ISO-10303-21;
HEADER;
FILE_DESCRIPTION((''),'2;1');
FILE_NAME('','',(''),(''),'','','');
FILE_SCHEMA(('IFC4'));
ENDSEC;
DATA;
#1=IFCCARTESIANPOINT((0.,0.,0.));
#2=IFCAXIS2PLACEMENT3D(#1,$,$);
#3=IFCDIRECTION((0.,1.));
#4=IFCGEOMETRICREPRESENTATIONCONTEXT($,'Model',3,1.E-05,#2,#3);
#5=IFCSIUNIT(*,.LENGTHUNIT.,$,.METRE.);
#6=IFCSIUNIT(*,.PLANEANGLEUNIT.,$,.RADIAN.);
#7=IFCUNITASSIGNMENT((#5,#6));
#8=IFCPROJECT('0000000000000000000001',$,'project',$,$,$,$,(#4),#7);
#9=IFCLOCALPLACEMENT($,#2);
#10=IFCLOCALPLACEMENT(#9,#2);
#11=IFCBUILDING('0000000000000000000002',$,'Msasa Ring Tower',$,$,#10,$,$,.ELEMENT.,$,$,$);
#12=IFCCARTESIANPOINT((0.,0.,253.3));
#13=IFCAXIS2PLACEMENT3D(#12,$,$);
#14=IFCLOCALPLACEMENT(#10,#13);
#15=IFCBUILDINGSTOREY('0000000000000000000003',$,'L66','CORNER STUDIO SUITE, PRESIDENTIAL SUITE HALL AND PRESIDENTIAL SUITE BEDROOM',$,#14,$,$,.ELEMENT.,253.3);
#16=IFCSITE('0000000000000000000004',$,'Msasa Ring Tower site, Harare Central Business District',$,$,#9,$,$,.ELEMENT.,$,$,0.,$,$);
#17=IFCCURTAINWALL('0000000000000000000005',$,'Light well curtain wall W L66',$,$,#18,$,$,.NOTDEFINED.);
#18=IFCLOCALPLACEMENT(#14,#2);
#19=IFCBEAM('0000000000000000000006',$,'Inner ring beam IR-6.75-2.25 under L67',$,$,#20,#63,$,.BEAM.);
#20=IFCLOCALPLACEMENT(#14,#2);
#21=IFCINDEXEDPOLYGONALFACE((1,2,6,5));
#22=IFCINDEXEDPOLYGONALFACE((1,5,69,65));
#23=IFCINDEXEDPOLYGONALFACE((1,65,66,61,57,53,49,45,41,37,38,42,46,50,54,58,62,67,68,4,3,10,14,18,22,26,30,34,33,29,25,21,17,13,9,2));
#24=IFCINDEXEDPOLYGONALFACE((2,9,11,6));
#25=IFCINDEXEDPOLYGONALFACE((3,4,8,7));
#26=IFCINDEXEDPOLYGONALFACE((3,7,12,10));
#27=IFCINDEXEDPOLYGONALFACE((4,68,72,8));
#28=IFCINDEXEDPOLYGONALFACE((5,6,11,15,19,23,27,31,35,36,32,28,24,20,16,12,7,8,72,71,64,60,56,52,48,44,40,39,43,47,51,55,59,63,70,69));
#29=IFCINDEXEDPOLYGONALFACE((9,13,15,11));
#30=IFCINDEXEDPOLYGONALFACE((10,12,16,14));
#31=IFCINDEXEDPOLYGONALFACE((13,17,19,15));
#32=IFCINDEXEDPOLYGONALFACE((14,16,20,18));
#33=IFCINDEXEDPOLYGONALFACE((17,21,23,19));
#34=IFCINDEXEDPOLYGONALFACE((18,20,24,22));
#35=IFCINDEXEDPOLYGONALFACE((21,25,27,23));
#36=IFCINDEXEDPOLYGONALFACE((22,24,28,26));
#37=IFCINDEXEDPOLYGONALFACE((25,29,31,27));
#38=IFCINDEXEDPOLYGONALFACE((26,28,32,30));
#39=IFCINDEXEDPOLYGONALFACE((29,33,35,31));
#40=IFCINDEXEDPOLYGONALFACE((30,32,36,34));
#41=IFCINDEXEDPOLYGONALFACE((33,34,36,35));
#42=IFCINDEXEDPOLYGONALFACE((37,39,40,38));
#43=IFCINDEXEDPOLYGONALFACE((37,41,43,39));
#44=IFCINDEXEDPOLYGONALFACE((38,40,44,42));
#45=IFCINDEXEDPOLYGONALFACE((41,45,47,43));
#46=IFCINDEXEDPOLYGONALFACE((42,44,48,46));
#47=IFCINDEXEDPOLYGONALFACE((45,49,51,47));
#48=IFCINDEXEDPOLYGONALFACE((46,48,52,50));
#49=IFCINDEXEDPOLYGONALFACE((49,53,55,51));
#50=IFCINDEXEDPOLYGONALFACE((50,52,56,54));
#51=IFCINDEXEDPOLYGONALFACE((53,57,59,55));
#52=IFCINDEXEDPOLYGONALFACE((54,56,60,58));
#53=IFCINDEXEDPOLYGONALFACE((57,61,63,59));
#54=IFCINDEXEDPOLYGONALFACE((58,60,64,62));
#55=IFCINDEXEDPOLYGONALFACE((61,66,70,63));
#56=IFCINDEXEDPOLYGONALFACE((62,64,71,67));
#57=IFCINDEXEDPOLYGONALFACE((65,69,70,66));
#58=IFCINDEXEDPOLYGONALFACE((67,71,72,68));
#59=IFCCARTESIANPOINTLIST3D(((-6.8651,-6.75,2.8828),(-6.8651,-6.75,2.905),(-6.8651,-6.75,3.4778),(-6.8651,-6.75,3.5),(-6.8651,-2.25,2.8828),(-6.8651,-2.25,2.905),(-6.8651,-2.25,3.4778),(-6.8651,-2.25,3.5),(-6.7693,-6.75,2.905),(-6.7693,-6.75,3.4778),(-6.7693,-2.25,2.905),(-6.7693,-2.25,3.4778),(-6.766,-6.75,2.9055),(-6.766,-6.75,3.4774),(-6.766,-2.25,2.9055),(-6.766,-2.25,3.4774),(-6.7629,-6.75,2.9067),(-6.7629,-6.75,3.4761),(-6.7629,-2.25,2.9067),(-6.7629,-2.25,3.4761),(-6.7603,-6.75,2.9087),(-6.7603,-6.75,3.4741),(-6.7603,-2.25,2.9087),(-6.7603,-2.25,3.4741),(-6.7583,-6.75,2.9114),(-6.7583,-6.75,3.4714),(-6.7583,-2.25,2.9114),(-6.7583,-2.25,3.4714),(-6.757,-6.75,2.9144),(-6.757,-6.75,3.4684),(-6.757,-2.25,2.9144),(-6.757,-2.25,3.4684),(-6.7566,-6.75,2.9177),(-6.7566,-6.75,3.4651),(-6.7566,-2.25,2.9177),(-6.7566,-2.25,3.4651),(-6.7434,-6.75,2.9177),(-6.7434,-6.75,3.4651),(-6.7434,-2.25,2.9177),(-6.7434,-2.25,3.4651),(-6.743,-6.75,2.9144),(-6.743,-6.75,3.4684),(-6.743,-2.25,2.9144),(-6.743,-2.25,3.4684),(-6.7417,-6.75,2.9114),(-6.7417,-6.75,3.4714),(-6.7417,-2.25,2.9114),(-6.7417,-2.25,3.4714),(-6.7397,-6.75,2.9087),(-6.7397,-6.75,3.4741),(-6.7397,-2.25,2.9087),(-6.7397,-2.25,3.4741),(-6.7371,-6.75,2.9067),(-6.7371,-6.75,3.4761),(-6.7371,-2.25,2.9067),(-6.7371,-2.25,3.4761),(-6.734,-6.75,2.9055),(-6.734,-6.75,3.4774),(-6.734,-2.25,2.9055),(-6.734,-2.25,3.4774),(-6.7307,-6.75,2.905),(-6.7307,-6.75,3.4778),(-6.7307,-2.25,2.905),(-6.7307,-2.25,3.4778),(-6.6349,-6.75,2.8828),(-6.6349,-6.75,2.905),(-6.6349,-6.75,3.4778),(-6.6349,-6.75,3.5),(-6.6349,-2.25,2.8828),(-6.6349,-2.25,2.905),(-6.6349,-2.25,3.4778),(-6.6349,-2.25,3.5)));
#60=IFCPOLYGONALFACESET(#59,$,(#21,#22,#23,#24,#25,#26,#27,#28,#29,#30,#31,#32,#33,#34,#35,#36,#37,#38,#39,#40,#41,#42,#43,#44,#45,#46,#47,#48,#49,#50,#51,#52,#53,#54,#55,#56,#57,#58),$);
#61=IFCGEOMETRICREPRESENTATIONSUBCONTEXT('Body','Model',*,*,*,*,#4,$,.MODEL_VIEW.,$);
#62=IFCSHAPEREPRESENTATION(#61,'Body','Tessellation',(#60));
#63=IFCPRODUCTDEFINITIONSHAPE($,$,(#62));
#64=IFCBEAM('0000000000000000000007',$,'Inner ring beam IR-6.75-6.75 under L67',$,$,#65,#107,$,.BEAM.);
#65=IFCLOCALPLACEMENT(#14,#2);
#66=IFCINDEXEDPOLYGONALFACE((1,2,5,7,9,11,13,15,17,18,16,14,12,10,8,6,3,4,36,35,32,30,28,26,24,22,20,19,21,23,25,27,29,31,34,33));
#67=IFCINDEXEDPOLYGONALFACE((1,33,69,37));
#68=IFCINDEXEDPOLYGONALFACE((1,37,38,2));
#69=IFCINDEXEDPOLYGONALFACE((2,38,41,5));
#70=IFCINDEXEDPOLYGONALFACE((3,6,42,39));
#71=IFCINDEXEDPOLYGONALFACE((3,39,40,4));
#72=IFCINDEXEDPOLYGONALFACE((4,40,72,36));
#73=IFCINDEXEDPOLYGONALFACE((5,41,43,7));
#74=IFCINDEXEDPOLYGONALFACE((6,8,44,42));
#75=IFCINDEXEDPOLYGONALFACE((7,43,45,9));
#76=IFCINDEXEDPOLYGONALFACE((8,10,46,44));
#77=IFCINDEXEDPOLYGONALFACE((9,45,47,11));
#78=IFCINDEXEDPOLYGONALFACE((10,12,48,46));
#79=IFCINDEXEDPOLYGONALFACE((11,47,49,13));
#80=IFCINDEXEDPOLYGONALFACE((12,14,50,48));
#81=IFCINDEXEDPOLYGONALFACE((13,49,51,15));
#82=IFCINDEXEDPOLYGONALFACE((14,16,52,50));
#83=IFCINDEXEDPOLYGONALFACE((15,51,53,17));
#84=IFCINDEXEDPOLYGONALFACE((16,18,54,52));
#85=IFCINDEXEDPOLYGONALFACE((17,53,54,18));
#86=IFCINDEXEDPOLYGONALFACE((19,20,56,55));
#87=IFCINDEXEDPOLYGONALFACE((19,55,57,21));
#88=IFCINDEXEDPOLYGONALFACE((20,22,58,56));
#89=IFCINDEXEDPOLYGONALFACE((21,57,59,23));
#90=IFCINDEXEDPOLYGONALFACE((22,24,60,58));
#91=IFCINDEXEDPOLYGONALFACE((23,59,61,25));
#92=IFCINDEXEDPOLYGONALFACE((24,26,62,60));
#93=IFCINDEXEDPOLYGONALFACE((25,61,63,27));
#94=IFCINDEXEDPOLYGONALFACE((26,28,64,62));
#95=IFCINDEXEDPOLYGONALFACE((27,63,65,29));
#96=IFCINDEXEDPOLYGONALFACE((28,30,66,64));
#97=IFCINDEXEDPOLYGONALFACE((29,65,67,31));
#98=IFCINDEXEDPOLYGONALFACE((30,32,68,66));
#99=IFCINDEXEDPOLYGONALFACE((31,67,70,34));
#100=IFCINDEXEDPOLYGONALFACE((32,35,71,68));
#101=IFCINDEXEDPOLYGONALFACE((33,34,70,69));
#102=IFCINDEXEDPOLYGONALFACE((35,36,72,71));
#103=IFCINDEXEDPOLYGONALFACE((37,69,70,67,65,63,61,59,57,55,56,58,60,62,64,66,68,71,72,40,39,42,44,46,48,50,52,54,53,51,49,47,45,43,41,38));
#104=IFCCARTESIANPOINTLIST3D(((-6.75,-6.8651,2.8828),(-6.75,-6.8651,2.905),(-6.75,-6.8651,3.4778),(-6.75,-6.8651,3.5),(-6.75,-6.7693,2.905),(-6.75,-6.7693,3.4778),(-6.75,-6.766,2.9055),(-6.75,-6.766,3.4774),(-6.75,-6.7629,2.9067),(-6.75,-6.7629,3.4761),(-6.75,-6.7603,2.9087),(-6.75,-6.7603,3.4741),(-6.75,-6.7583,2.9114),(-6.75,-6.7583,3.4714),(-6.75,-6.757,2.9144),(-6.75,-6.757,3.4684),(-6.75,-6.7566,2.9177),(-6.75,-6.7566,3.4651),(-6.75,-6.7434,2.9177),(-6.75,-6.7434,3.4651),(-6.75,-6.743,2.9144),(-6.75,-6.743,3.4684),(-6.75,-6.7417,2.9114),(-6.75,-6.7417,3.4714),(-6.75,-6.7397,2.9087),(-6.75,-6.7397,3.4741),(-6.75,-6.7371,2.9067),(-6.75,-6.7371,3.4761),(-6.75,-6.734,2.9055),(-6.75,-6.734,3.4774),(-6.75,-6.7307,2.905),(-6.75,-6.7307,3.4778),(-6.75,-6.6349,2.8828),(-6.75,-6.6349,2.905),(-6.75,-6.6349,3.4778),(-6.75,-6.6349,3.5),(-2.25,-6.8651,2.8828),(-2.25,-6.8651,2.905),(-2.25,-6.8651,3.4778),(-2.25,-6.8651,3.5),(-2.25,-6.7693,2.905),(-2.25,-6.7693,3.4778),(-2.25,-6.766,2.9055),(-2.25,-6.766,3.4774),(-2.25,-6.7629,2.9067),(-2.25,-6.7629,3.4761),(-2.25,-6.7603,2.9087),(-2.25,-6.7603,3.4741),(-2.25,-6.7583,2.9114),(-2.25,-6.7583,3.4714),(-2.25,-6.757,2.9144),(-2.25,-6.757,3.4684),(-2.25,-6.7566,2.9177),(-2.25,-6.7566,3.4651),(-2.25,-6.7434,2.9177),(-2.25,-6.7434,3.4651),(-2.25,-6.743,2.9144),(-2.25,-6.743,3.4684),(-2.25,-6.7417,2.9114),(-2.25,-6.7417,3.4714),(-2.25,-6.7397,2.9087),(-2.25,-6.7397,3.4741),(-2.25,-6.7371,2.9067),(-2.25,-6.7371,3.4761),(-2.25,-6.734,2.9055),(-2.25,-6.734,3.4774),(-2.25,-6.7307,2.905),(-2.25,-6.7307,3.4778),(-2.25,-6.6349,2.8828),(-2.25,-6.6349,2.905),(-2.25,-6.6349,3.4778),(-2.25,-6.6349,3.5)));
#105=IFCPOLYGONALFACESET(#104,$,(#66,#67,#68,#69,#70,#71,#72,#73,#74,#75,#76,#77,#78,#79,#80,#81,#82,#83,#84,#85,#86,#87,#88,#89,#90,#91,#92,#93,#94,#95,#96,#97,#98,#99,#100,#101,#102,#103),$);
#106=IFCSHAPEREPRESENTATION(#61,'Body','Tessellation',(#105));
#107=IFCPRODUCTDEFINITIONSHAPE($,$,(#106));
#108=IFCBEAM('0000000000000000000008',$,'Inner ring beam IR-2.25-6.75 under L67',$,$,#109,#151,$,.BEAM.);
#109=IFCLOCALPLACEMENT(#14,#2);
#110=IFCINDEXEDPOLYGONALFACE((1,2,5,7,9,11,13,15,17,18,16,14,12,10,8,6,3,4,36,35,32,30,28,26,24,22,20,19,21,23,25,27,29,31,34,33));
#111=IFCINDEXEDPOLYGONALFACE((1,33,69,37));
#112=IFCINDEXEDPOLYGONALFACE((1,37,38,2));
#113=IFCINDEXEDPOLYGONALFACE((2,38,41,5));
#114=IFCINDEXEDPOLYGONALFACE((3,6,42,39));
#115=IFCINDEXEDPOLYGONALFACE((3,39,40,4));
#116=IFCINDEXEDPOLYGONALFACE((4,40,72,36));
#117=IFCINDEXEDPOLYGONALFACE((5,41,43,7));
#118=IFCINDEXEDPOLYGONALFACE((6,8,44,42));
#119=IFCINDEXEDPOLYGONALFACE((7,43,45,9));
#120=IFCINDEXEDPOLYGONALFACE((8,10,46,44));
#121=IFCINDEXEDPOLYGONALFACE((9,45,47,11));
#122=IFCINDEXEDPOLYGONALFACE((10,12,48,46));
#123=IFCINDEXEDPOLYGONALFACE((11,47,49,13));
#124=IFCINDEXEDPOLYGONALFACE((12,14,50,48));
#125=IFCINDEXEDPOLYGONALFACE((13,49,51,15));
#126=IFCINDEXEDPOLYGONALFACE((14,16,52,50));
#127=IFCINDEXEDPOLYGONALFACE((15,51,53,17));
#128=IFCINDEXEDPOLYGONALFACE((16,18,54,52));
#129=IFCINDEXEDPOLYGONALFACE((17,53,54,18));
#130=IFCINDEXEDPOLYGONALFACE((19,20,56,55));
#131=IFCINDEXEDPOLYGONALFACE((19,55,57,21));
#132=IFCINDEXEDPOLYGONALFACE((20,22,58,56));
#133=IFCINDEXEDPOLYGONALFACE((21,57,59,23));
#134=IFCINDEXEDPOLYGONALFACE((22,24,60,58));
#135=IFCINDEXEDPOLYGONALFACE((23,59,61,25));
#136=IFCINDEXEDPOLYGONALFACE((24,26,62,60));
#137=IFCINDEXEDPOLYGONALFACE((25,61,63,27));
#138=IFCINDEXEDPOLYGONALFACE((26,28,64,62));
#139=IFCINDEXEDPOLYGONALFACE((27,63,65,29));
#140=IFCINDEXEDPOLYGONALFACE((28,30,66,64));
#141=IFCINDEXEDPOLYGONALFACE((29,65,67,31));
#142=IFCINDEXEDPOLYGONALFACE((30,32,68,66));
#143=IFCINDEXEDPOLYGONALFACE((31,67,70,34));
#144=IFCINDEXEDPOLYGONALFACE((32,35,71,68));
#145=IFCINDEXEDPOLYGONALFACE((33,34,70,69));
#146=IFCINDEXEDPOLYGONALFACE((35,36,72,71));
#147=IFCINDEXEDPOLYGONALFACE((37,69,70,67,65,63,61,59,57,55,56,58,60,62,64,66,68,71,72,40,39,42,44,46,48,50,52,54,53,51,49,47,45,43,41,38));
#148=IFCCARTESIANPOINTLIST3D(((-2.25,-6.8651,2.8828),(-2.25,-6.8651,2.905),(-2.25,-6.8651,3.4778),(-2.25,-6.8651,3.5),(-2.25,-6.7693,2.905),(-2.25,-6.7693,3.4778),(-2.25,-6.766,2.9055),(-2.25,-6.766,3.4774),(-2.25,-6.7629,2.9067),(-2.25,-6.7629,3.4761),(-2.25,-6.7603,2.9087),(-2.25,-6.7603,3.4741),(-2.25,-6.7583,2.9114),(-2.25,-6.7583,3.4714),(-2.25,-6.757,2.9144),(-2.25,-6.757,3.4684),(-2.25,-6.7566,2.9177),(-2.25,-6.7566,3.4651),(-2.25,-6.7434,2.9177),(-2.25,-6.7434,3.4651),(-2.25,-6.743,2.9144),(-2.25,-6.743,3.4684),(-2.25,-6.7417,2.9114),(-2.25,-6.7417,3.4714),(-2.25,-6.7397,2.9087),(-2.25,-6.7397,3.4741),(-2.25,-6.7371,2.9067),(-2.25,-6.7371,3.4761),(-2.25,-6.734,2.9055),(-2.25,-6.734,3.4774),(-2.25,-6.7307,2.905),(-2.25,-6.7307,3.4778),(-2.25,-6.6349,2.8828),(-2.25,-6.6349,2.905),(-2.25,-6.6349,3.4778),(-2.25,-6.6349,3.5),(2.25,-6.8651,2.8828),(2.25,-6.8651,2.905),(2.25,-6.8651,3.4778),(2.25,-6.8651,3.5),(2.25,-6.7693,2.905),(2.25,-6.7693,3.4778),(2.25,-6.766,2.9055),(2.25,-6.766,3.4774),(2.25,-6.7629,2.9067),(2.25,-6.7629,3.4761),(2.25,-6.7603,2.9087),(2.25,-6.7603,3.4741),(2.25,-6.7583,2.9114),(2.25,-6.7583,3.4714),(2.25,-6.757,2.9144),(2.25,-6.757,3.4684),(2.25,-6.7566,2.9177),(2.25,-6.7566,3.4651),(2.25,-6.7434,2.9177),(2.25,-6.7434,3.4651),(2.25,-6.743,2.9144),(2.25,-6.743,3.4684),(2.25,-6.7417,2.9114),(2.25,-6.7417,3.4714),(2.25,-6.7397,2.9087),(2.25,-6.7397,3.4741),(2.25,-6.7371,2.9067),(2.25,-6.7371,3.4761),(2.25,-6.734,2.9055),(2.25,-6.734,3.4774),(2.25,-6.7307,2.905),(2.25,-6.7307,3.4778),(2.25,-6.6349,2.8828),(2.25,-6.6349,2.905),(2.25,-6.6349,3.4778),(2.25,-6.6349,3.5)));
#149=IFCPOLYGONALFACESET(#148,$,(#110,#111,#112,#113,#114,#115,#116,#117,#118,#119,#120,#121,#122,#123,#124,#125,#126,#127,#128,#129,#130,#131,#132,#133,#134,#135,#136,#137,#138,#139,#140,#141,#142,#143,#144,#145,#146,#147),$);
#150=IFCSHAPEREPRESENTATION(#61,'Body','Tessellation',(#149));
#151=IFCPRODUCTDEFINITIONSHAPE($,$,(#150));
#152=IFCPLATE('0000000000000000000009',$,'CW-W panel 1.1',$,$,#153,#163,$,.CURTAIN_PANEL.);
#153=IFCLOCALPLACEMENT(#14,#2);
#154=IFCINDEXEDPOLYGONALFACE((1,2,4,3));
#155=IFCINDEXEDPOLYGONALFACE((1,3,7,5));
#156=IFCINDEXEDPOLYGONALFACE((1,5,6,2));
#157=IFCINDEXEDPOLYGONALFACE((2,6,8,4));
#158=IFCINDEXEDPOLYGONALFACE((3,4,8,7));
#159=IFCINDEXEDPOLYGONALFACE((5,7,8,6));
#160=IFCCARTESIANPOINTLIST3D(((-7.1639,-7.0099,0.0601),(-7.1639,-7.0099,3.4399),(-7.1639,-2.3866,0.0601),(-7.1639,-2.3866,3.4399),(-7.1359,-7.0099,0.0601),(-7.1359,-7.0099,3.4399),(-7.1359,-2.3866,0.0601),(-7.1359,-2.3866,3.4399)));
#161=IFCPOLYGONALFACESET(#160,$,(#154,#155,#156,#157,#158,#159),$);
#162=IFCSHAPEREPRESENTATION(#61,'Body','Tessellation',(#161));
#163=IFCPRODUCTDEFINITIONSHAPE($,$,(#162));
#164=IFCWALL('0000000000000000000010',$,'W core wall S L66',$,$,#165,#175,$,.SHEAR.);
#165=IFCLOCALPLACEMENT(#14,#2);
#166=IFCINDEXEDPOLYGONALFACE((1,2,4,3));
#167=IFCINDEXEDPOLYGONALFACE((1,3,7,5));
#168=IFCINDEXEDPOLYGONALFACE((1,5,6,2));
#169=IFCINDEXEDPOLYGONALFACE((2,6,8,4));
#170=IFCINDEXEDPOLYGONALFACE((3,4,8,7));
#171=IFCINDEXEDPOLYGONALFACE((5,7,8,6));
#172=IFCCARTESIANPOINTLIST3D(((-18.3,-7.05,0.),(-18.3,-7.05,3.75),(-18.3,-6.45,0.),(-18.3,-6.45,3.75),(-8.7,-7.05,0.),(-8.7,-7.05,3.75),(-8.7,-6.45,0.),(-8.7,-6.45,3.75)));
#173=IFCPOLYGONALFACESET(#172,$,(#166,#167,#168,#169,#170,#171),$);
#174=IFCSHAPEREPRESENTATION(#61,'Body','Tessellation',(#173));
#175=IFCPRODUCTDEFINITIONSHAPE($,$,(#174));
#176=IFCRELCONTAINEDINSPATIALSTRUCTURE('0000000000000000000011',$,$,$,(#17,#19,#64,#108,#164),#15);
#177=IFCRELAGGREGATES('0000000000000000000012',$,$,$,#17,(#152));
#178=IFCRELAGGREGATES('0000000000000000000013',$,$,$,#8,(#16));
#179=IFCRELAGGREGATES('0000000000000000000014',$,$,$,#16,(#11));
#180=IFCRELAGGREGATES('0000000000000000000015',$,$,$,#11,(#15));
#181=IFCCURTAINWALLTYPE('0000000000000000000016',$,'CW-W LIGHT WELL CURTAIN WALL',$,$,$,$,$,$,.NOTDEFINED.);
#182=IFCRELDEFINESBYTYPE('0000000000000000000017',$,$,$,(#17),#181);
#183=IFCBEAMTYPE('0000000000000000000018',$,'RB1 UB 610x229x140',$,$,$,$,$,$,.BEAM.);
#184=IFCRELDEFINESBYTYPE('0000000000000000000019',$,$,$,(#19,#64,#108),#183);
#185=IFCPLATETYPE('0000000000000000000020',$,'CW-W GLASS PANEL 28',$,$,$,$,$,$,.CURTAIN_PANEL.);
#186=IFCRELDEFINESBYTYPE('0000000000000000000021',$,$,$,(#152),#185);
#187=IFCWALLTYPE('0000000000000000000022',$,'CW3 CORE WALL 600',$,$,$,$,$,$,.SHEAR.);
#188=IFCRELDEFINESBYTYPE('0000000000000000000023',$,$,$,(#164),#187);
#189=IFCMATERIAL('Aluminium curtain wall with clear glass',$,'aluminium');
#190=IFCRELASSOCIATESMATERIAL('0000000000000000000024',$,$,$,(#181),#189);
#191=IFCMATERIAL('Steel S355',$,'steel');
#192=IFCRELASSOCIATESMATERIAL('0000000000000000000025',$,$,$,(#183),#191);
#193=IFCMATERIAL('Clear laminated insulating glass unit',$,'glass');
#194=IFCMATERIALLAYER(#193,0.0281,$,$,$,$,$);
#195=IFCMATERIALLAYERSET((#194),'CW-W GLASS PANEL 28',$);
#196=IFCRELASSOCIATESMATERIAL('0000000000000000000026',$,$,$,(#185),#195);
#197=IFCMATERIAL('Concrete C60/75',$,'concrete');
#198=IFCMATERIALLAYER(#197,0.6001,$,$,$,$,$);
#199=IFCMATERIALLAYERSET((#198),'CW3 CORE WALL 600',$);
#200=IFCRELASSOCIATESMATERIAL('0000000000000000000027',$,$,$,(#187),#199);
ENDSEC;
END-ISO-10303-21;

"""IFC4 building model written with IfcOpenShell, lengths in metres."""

from ifc_helpers import new_model, si_unit, direction, frame, frame_2d, origin, origin_2d, place, context, subcontext, project, spatial, rectangle, i_section, extrude, material, layer, layer_set, material_profile, profile_set, type_object, element, aggregate, save


model = new_model("IFC4")

# Units and contexts
model_context = context("Model", 3, precision=1e-05, world=origin(), true_north=direction((0.0, 1.0)))
body_context = subcontext(model_context, "Body", "Model", "MODEL_VIEW")
ifc_project = project(units=[si_unit("LENGTHUNIT", "METRE"), si_unit("PLANEANGLEUNIT", "RADIAN")], contexts=[model_context])

# Site, building, storey
site_placement = place(None, origin())
site = spatial("IfcSite", under=ifc_project, at=site_placement, Name="Msasa Ring Tower site, Harare Central Business District", CompositionType="ELEMENT", RefElevation=0.0)
building_placement = place(site_placement, origin())
building = spatial("IfcBuilding", under=site, at=building_placement, Name="Msasa Ring Tower", CompositionType="ELEMENT")
storey_placement = place(building_placement, frame((0.0, 0.0, 253.3)))
storey = spatial("IfcBuildingStorey", under=building, at=storey_placement, Name="L66", Description="CORNER STUDIO SUITE, PRESIDENTIAL SUITE HALL AND PRESIDENTIAL SUITE BEDROOM", CompositionType="ELEMENT", Elevation=253.3)

# Shared definitions
ifc_material_1 = material(Name="Aluminium curtain wall with clear glass", Category="aluminium")
curtain_wall_type = type_object("IfcCurtainWallType", Name="CW-W LIGHT WELL CURTAIN WALL", PredefinedType="NOTDEFINED", material=ifc_material_1)

# Curtain wall
curtain_wall_1_placement = place(storey_placement, origin())
curtain_wall_1 = element("IfcCurtainWall", 1, at=curtain_wall_1_placement, inside=storey, type_object=curtain_wall_type, Name="Light well curtain wall W L66", PredefinedType="NOTDEFINED")

# Beams
ifc_material_2 = material(Name="Steel S355", Category="steel")
ifc_material_profile_1 = material_profile(ifc_material_2, i_section(OverallWidth=0.2302, OverallDepth=0.6172, WebThickness=0.0132, FlangeThickness=0.0222, FilletRadius=0.0127, at=origin_2d()), Name="UB 610x229x140")
ifc_profile_set_1 = profile_set([ifc_material_profile_1], Name="Steel S355")
beam_type = type_object("IfcBeamType", Name="RB1 UB 610x229x140", PredefinedType="BEAM", material=ifc_profile_set_1)
for number, where, z_axis, x_axis, name in (
    (2, (-6.75, -2.25, 3.1914), (0.0, -1.0, 0.0), (1.0, 0.0, 0.0), "Inner ring beam IR-6.75-2.25 under L67"),
    (3, (-6.75, -6.75, 3.1914), (1.0, 0.0, 0.0), (0.0, 1.0, 0.0), "Inner ring beam IR-6.75-6.75 under L67"),
    (4, (-2.25, -6.75, 3.1914), (1.0, 0.0, 0.0), (0.0, 1.0, 0.0), "Inner ring beam IR-2.25-6.75 under L67"),
):
    element("IfcBeam", number, at=place(storey_placement, frame(where, z_axis=z_axis, x_axis=x_axis)), inside=storey, type_object=beam_type, Name=name, PredefinedType="BEAM", context=body_context, shape_type="SweptSolid", body=[
        extrude(i_section(OverallWidth=0.2302, OverallDepth=0.6172, WebThickness=0.0132, FlangeThickness=0.0222, FilletRadius=0.0127, at=origin_2d()), origin(), (0.0, 0.0, 1.0), 4.5),
    ])

# Plate
ifc_material_3 = material(Name="Clear laminated insulating glass unit", Category="glass")
ifc_layer_1 = layer(ifc_material_3, 0.0281)
ifc_layer_set_1 = layer_set([ifc_layer_1], Name="CW-W GLASS PANEL 28")
plate_type = type_object("IfcPlateType", Name="CW-W GLASS PANEL 28", PredefinedType="CURTAIN_PANEL", material=ifc_layer_set_1)
plate_placement = place(storey_placement, frame((-7.1499, -4.6982, 0.0601), z_axis=(0.0, 0.0, 1.0), x_axis=(0.0, 1.0, 0.0)))
plate = element("IfcPlate", 5, at=plate_placement, type_object=plate_type, Name="CW-W panel 1.1", PredefinedType="CURTAIN_PANEL", context=body_context, shape_type="SweptSolid", body=[
    extrude(rectangle(XDim=4.6233, YDim=0.0281, at=origin_2d()), origin(), (0.0, 0.0, 1.0), 3.3799),
])
aggregate(curtain_wall_1, [plate])

# Wall
ifc_material_4 = material(Name="Concrete C60/75", Category="concrete")
ifc_layer_2 = layer(ifc_material_4, 0.6001)
ifc_layer_set_2 = layer_set([ifc_layer_2], Name="CW3 CORE WALL 600")
wall_type_1 = type_object("IfcWallType", Name="CW3 CORE WALL 600", PredefinedType="SHEAR", material=ifc_layer_set_2)
wall_1_placement = place(storey_placement, frame((-8.7, -6.75, 0.0), z_axis=(0.0, 0.0, 1.0), x_axis=(-1.0, 0.0, 0.0)))
element("IfcWall", 6, at=wall_1_placement, inside=storey, type_object=wall_type_1, Name="W core wall S L66", PredefinedType="SHEAR", context=body_context, shape_type="SweptSolid", body=[
    extrude(rectangle(XDim=9.6001, YDim=0.6001, at=frame_2d((4.8, 0.0))), origin(), (0.0, 0.0, 1.0), 3.75),
])

save(model, "model.ifc")
